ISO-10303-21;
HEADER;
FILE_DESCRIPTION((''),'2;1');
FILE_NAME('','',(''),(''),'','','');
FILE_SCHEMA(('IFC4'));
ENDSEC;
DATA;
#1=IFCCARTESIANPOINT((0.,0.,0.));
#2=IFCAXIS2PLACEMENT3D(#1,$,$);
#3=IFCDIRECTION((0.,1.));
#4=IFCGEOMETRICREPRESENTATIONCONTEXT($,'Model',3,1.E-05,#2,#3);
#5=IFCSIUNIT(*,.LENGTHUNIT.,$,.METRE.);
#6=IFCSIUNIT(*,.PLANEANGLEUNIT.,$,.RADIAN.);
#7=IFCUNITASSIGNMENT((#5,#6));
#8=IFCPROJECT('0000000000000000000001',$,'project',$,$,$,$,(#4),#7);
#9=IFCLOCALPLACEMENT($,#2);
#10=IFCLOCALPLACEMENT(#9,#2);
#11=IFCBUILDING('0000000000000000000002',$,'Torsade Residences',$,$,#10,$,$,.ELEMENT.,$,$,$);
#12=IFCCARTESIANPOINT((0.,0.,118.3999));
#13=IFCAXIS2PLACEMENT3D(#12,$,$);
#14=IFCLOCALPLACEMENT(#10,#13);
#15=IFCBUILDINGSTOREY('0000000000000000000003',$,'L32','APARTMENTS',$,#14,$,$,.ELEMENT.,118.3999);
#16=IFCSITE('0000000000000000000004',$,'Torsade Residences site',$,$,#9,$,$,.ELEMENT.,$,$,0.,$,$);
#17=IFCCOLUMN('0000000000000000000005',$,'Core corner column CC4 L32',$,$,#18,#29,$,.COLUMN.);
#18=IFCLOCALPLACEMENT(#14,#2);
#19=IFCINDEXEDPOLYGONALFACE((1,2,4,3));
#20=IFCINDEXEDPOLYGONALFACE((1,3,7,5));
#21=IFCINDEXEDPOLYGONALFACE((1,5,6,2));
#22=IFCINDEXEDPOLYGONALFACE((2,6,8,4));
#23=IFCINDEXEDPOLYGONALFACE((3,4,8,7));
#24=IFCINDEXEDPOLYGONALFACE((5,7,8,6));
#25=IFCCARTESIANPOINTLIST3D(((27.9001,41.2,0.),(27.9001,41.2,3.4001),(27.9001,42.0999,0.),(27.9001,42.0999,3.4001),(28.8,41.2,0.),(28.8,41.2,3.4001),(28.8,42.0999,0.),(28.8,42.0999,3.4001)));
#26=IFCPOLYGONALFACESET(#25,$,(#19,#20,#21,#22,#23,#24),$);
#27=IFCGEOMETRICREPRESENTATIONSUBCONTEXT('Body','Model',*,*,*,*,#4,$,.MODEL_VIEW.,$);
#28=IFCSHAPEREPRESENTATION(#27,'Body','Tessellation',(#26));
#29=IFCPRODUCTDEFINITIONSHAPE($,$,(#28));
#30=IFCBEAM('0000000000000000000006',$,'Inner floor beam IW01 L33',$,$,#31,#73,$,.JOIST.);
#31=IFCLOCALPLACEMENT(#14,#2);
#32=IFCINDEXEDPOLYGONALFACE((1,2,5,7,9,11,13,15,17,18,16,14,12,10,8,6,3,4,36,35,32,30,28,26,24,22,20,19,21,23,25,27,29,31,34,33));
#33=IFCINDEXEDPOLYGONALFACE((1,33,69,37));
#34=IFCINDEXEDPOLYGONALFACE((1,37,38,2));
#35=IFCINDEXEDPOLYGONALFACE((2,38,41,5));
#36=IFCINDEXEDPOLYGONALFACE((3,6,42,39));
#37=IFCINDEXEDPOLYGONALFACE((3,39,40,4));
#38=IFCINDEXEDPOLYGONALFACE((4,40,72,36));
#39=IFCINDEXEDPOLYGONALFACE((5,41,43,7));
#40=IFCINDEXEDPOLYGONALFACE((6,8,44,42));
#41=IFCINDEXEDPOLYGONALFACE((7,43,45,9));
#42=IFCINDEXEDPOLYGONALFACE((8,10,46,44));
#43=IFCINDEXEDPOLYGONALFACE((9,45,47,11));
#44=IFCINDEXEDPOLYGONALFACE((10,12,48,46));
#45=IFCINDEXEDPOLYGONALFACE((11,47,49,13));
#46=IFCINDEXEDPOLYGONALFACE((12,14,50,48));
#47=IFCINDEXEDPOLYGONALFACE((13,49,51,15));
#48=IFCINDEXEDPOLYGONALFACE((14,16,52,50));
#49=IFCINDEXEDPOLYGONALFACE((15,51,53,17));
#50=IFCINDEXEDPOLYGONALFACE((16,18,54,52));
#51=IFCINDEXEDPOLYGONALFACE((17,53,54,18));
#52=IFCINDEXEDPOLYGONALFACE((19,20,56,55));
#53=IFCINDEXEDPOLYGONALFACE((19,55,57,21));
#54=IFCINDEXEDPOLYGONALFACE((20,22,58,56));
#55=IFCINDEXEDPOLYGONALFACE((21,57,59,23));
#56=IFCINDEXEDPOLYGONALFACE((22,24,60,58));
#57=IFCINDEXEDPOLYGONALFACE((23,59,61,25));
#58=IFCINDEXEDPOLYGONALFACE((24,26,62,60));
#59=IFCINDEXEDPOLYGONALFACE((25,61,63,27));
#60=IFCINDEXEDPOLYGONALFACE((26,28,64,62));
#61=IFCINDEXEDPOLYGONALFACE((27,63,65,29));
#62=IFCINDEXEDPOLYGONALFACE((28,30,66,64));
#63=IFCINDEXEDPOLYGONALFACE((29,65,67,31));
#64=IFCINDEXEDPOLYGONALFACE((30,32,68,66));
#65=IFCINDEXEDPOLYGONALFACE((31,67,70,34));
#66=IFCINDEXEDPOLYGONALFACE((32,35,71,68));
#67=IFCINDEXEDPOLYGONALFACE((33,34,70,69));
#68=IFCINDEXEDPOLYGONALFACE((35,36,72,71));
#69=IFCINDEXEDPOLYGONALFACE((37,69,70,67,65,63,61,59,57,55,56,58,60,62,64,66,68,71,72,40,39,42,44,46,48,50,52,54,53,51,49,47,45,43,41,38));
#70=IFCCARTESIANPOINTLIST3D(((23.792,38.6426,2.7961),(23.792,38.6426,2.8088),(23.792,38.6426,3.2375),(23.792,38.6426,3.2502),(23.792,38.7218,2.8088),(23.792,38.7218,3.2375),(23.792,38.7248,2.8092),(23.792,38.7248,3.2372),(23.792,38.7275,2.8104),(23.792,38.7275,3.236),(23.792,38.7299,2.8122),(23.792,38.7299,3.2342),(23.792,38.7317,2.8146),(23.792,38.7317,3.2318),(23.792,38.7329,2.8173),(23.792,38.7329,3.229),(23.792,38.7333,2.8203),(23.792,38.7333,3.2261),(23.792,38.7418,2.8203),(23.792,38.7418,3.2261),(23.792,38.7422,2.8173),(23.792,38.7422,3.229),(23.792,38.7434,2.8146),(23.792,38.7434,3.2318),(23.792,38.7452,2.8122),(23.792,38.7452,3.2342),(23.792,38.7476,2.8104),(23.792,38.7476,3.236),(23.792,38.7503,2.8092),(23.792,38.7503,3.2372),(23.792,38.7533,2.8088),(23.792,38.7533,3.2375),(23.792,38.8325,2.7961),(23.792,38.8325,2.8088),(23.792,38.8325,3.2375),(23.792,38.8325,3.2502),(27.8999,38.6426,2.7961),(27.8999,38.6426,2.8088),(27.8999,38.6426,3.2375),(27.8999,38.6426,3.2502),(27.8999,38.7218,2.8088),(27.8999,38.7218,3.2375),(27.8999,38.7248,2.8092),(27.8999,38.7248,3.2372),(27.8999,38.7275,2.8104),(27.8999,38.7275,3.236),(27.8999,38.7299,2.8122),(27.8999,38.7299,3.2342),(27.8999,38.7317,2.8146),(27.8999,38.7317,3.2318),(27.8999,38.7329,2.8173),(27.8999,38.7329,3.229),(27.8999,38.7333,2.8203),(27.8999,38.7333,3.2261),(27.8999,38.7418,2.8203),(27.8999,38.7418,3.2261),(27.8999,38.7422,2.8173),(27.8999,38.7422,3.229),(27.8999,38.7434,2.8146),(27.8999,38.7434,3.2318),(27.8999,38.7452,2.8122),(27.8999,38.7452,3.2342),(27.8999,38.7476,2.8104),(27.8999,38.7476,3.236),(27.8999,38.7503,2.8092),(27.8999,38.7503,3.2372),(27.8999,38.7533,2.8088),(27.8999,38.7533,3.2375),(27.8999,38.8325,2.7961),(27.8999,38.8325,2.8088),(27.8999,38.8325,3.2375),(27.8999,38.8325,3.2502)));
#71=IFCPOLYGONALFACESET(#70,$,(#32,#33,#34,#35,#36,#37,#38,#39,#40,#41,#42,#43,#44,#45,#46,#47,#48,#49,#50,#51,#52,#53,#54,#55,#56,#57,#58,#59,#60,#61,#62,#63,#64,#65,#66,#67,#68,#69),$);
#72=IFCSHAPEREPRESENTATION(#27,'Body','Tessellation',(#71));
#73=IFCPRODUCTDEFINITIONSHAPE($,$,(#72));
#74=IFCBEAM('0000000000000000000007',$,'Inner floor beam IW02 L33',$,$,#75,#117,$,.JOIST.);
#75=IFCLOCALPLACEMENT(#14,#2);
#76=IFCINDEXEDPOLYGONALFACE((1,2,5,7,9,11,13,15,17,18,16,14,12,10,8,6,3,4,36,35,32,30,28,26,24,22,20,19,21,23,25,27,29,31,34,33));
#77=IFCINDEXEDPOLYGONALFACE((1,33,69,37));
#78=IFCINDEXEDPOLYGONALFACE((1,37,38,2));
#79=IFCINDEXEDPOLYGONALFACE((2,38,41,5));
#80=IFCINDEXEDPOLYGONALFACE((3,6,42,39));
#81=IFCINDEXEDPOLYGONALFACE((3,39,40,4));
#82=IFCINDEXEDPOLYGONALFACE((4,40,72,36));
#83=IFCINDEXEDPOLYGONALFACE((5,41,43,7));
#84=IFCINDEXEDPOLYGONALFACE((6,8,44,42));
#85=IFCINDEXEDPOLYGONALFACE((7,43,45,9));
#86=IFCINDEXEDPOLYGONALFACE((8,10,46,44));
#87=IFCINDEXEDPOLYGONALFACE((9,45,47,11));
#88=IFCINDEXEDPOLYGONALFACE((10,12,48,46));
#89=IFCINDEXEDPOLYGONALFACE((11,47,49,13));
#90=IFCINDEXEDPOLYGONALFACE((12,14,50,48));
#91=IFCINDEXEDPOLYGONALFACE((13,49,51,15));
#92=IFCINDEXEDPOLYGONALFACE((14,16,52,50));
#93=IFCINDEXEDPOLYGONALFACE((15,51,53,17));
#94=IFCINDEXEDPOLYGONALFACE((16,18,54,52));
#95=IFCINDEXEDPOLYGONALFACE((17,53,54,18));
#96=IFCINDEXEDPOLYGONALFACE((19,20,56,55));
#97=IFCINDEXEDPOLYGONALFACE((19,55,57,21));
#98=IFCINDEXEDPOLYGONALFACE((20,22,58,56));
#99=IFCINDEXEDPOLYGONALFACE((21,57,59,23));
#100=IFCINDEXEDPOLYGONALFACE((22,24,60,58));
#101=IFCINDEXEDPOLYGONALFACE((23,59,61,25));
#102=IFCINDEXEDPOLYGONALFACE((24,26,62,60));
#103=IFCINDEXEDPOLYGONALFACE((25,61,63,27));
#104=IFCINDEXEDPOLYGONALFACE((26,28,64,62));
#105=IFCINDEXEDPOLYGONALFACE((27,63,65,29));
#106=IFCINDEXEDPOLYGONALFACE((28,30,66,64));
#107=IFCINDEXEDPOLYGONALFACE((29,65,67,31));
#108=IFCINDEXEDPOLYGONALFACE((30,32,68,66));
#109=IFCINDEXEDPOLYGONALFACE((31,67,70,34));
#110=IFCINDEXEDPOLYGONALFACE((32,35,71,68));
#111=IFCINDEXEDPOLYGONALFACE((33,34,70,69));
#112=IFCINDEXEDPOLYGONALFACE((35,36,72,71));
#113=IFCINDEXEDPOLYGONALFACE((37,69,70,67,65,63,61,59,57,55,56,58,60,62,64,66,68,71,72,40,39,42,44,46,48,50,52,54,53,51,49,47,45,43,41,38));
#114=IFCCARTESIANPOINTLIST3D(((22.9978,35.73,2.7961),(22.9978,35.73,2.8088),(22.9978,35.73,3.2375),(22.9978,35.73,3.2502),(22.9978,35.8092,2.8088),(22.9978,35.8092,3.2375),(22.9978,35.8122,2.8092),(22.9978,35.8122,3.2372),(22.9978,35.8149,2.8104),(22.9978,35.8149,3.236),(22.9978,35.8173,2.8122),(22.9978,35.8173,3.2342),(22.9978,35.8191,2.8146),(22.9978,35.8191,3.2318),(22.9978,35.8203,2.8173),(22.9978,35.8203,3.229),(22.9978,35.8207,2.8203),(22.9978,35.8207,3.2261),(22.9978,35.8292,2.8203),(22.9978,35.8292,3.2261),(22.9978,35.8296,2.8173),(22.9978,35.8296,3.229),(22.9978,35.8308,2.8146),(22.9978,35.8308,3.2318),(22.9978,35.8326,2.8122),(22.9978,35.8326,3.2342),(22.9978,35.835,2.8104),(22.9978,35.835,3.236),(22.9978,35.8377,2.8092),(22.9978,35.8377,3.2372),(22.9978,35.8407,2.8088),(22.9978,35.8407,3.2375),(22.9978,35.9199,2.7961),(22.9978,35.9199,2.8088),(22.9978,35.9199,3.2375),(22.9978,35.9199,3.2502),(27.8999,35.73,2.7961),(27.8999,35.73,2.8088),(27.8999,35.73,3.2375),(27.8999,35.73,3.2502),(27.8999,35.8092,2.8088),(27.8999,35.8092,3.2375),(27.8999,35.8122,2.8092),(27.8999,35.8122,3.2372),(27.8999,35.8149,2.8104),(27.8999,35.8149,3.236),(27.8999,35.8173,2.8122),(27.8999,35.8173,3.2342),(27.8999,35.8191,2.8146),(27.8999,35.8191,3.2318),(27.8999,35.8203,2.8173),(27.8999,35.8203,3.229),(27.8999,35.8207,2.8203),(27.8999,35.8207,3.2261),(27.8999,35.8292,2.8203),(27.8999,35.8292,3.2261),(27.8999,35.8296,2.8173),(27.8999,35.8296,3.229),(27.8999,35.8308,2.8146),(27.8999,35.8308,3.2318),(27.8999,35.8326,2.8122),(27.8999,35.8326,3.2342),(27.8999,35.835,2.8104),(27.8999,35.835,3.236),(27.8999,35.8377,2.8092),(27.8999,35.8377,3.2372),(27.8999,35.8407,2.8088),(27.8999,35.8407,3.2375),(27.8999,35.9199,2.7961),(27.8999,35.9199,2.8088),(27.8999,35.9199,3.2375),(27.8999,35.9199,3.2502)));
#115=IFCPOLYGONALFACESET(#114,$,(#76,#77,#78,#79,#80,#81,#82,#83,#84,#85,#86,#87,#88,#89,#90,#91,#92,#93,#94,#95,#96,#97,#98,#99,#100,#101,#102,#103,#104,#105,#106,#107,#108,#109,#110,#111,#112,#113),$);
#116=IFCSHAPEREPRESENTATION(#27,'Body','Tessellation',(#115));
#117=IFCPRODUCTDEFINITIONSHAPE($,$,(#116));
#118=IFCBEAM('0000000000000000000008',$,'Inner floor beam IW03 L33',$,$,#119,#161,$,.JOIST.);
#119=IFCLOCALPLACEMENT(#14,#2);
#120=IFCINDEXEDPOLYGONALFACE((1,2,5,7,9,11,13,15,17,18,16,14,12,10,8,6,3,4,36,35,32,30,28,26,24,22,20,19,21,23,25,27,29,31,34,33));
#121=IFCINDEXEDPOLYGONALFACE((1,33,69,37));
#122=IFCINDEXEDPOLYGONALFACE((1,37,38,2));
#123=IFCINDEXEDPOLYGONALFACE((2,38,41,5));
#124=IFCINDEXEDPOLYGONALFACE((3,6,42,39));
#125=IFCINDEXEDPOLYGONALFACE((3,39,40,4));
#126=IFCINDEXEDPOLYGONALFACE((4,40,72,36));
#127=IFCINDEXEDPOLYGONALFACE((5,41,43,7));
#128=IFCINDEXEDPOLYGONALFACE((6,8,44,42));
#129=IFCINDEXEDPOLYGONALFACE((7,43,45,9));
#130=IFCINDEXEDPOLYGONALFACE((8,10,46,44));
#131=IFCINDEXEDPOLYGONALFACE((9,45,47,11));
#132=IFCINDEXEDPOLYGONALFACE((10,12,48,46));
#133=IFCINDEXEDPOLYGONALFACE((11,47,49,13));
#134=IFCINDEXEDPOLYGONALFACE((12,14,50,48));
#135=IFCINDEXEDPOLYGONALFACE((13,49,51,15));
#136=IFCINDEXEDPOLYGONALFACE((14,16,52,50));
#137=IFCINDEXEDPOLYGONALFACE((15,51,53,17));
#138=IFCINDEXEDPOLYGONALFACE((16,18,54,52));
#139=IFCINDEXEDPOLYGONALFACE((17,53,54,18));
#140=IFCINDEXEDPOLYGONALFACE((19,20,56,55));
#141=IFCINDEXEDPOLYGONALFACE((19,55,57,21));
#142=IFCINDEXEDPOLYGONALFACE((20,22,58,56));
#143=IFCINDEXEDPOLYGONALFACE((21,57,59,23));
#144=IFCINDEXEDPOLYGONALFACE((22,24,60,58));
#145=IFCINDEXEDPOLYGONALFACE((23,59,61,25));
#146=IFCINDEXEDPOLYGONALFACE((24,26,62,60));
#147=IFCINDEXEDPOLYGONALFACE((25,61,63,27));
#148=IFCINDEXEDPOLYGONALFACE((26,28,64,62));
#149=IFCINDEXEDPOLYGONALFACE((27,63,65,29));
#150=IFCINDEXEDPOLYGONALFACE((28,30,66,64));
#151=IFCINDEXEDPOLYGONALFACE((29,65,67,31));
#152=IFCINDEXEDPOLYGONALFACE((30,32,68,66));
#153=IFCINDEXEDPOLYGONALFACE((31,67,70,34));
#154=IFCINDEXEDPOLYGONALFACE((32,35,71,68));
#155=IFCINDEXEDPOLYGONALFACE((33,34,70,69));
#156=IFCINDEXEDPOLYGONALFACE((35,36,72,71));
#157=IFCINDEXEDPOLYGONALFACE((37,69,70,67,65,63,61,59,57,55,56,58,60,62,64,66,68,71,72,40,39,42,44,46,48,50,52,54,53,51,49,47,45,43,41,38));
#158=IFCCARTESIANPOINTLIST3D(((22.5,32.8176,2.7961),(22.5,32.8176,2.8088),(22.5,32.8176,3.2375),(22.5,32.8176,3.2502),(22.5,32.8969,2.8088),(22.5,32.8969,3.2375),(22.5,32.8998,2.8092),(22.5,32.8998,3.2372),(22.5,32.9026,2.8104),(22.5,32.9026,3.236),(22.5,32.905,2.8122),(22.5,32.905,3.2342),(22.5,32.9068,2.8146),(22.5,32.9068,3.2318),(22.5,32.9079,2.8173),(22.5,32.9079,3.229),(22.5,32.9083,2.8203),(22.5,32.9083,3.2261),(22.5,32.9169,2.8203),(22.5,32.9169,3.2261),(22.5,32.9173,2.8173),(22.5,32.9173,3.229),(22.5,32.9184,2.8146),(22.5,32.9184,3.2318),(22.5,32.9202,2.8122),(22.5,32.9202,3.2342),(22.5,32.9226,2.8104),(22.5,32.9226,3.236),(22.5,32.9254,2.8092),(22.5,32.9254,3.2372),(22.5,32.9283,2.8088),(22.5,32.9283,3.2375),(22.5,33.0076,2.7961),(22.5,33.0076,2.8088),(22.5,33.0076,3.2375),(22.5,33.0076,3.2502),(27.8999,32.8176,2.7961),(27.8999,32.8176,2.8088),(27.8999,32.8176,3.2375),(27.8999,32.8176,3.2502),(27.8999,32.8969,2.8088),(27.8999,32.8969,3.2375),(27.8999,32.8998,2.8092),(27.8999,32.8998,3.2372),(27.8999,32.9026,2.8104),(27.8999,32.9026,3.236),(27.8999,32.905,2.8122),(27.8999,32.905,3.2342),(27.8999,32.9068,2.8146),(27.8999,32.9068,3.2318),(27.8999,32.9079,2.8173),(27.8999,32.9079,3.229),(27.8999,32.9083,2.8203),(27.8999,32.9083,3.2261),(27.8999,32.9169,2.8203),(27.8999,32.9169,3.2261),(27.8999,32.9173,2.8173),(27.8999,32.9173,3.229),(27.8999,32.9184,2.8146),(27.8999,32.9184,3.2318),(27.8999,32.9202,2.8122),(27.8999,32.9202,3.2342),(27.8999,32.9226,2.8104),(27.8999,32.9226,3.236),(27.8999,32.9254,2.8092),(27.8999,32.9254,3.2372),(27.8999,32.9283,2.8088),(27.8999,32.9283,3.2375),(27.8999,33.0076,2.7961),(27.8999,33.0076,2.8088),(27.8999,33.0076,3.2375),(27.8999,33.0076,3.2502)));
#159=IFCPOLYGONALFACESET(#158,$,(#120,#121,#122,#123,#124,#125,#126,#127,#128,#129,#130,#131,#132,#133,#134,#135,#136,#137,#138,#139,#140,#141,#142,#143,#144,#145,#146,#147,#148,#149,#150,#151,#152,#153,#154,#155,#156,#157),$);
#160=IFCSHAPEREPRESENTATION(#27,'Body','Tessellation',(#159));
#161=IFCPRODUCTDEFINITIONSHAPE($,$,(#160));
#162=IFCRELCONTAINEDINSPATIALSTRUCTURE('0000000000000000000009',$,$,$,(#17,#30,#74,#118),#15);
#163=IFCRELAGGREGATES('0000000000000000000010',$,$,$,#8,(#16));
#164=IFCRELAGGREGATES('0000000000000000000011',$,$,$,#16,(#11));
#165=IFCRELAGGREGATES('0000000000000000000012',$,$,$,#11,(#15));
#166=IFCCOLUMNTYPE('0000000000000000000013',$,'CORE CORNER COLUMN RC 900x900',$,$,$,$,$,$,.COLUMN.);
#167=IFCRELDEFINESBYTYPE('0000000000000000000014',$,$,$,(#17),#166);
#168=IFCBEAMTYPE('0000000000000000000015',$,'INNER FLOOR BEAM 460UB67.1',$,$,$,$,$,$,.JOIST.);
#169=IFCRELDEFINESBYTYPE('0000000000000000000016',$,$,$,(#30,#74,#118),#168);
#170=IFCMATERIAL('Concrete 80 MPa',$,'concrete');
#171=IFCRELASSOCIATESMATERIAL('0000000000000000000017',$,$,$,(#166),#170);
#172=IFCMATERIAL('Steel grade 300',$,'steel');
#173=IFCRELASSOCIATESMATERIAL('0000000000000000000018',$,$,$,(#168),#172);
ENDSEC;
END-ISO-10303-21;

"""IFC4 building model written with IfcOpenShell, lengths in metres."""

from ifc_helpers import new_model, si_unit, direction, frame, origin, origin_2d, place, context, subcontext, project, spatial, rectangle, i_section, extrude, material, material_profile, profile_set, type_object, element, save


model = new_model("IFC4")

# Units and contexts
model_context = context("Model", 3, precision=1e-05, world=origin(), true_north=direction((0.0, 1.0)))
body_context = subcontext(model_context, "Body", "Model", "MODEL_VIEW")
ifc_project = project(units=[si_unit("LENGTHUNIT", "METRE"), si_unit("PLANEANGLEUNIT", "RADIAN")], contexts=[model_context])

# Site, building, storey
site_placement = place(None, origin())
site = spatial("IfcSite", under=ifc_project, at=site_placement, Name="Torsade Residences site", CompositionType="ELEMENT", RefElevation=0.0)
building_placement = place(site_placement, origin())
building = spatial("IfcBuilding", under=site, at=building_placement, Name="Torsade Residences", CompositionType="ELEMENT")
storey_placement = place(building_placement, frame((0.0, 0.0, 118.3999)))
storey = spatial("IfcBuildingStorey", under=building, at=storey_placement, Name="L32", Description="APARTMENTS", CompositionType="ELEMENT", Elevation=118.3999)

# Column
ifc_material_1 = material(Name="Concrete 80 MPa", Category="concrete")
ifc_material_profile_1 = material_profile(ifc_material_1, rectangle(XDim=0.8999, YDim=0.8999, at=origin_2d()), Name="RC 900x900")
ifc_profile_set_1 = profile_set([ifc_material_profile_1], Name="Concrete 80 MPa")
column_type = type_object("IfcColumnType", Name="CORE CORNER COLUMN RC 900x900", PredefinedType="COLUMN", material=ifc_profile_set_1)
column_placement = place(storey_placement, frame((28.3501, 41.6499, 0.0), z_axis=(0.0, 0.0, 1.0), x_axis=(1.0, 0.0, 0.0)))
element("IfcColumn", 1, at=column_placement, inside=storey, type_object=column_type, Name="Core corner column CC4 L32", PredefinedType="COLUMN", context=body_context, shape_type="SweptSolid", body=[
    extrude(rectangle(XDim=0.8999, YDim=0.8999, at=origin_2d()), origin(), (0.0, 0.0, 1.0), 3.4001),
])

# Beams
ifc_material_2 = material(Name="Steel grade 300", Category="steel")
ifc_material_profile_2 = material_profile(ifc_material_2, i_section(OverallWidth=0.1899, OverallDepth=0.4541, WebThickness=0.0085, FlangeThickness=0.0127, FilletRadius=0.0115, at=origin_2d()), Name="460UB67.1")
ifc_profile_set_2 = profile_set([ifc_material_profile_2], Name="Steel grade 300")
beam_type = type_object("IfcBeamType", Name="INNER FLOOR BEAM 460UB67.1", PredefinedType="JOIST", material=ifc_profile_set_2)
beam_1_placement = place(storey_placement, frame((27.8999, 38.7375, 3.0232), z_axis=(-1.0, 0.0, 0.0), x_axis=(0.0, -1.0, 0.0)))
element("IfcBeam", 2, at=beam_1_placement, inside=storey, type_object=beam_type, Name="Inner floor beam IW01 L33", PredefinedType="JOIST", context=body_context, shape_type="SweptSolid", body=[
    extrude(i_section(OverallWidth=0.1899, OverallDepth=0.4541, WebThickness=0.0085, FlangeThickness=0.0127, FilletRadius=0.0115, at=origin_2d()), origin(), (0.0, 0.0, 1.0), 4.1079),
])
beam_2_placement = place(storey_placement, frame((27.8999, 35.825, 3.0232), z_axis=(-1.0, 0.0, 0.0), x_axis=(0.0, -1.0, 0.0)))
element("IfcBeam", 3, at=beam_2_placement, inside=storey, type_object=beam_type, Name="Inner floor beam IW02 L33", PredefinedType="JOIST", context=body_context, shape_type="SweptSolid", body=[
    extrude(i_section(OverallWidth=0.1899, OverallDepth=0.4541, WebThickness=0.0085, FlangeThickness=0.0127, FilletRadius=0.0115, at=origin_2d()), origin(), (0.0, 0.0, 1.0), 4.9021),
])
beam_3_placement = place(storey_placement, frame((27.8999, 32.9126, 3.0232), z_axis=(-1.0, 0.0, 0.0), x_axis=(0.0, -1.0, 0.0)))
element("IfcBeam", 4, at=beam_3_placement, inside=storey, type_object=beam_type, Name="Inner floor beam IW03 L33", PredefinedType="JOIST", context=body_context, shape_type="SweptSolid", body=[
    extrude(i_section(OverallWidth=0.1899, OverallDepth=0.4541, WebThickness=0.0085, FlangeThickness=0.0127, FilletRadius=0.0115, at=origin_2d()), origin(), (0.0, 0.0, 1.0), 5.3999),
])

save(model, "model.ifc")
